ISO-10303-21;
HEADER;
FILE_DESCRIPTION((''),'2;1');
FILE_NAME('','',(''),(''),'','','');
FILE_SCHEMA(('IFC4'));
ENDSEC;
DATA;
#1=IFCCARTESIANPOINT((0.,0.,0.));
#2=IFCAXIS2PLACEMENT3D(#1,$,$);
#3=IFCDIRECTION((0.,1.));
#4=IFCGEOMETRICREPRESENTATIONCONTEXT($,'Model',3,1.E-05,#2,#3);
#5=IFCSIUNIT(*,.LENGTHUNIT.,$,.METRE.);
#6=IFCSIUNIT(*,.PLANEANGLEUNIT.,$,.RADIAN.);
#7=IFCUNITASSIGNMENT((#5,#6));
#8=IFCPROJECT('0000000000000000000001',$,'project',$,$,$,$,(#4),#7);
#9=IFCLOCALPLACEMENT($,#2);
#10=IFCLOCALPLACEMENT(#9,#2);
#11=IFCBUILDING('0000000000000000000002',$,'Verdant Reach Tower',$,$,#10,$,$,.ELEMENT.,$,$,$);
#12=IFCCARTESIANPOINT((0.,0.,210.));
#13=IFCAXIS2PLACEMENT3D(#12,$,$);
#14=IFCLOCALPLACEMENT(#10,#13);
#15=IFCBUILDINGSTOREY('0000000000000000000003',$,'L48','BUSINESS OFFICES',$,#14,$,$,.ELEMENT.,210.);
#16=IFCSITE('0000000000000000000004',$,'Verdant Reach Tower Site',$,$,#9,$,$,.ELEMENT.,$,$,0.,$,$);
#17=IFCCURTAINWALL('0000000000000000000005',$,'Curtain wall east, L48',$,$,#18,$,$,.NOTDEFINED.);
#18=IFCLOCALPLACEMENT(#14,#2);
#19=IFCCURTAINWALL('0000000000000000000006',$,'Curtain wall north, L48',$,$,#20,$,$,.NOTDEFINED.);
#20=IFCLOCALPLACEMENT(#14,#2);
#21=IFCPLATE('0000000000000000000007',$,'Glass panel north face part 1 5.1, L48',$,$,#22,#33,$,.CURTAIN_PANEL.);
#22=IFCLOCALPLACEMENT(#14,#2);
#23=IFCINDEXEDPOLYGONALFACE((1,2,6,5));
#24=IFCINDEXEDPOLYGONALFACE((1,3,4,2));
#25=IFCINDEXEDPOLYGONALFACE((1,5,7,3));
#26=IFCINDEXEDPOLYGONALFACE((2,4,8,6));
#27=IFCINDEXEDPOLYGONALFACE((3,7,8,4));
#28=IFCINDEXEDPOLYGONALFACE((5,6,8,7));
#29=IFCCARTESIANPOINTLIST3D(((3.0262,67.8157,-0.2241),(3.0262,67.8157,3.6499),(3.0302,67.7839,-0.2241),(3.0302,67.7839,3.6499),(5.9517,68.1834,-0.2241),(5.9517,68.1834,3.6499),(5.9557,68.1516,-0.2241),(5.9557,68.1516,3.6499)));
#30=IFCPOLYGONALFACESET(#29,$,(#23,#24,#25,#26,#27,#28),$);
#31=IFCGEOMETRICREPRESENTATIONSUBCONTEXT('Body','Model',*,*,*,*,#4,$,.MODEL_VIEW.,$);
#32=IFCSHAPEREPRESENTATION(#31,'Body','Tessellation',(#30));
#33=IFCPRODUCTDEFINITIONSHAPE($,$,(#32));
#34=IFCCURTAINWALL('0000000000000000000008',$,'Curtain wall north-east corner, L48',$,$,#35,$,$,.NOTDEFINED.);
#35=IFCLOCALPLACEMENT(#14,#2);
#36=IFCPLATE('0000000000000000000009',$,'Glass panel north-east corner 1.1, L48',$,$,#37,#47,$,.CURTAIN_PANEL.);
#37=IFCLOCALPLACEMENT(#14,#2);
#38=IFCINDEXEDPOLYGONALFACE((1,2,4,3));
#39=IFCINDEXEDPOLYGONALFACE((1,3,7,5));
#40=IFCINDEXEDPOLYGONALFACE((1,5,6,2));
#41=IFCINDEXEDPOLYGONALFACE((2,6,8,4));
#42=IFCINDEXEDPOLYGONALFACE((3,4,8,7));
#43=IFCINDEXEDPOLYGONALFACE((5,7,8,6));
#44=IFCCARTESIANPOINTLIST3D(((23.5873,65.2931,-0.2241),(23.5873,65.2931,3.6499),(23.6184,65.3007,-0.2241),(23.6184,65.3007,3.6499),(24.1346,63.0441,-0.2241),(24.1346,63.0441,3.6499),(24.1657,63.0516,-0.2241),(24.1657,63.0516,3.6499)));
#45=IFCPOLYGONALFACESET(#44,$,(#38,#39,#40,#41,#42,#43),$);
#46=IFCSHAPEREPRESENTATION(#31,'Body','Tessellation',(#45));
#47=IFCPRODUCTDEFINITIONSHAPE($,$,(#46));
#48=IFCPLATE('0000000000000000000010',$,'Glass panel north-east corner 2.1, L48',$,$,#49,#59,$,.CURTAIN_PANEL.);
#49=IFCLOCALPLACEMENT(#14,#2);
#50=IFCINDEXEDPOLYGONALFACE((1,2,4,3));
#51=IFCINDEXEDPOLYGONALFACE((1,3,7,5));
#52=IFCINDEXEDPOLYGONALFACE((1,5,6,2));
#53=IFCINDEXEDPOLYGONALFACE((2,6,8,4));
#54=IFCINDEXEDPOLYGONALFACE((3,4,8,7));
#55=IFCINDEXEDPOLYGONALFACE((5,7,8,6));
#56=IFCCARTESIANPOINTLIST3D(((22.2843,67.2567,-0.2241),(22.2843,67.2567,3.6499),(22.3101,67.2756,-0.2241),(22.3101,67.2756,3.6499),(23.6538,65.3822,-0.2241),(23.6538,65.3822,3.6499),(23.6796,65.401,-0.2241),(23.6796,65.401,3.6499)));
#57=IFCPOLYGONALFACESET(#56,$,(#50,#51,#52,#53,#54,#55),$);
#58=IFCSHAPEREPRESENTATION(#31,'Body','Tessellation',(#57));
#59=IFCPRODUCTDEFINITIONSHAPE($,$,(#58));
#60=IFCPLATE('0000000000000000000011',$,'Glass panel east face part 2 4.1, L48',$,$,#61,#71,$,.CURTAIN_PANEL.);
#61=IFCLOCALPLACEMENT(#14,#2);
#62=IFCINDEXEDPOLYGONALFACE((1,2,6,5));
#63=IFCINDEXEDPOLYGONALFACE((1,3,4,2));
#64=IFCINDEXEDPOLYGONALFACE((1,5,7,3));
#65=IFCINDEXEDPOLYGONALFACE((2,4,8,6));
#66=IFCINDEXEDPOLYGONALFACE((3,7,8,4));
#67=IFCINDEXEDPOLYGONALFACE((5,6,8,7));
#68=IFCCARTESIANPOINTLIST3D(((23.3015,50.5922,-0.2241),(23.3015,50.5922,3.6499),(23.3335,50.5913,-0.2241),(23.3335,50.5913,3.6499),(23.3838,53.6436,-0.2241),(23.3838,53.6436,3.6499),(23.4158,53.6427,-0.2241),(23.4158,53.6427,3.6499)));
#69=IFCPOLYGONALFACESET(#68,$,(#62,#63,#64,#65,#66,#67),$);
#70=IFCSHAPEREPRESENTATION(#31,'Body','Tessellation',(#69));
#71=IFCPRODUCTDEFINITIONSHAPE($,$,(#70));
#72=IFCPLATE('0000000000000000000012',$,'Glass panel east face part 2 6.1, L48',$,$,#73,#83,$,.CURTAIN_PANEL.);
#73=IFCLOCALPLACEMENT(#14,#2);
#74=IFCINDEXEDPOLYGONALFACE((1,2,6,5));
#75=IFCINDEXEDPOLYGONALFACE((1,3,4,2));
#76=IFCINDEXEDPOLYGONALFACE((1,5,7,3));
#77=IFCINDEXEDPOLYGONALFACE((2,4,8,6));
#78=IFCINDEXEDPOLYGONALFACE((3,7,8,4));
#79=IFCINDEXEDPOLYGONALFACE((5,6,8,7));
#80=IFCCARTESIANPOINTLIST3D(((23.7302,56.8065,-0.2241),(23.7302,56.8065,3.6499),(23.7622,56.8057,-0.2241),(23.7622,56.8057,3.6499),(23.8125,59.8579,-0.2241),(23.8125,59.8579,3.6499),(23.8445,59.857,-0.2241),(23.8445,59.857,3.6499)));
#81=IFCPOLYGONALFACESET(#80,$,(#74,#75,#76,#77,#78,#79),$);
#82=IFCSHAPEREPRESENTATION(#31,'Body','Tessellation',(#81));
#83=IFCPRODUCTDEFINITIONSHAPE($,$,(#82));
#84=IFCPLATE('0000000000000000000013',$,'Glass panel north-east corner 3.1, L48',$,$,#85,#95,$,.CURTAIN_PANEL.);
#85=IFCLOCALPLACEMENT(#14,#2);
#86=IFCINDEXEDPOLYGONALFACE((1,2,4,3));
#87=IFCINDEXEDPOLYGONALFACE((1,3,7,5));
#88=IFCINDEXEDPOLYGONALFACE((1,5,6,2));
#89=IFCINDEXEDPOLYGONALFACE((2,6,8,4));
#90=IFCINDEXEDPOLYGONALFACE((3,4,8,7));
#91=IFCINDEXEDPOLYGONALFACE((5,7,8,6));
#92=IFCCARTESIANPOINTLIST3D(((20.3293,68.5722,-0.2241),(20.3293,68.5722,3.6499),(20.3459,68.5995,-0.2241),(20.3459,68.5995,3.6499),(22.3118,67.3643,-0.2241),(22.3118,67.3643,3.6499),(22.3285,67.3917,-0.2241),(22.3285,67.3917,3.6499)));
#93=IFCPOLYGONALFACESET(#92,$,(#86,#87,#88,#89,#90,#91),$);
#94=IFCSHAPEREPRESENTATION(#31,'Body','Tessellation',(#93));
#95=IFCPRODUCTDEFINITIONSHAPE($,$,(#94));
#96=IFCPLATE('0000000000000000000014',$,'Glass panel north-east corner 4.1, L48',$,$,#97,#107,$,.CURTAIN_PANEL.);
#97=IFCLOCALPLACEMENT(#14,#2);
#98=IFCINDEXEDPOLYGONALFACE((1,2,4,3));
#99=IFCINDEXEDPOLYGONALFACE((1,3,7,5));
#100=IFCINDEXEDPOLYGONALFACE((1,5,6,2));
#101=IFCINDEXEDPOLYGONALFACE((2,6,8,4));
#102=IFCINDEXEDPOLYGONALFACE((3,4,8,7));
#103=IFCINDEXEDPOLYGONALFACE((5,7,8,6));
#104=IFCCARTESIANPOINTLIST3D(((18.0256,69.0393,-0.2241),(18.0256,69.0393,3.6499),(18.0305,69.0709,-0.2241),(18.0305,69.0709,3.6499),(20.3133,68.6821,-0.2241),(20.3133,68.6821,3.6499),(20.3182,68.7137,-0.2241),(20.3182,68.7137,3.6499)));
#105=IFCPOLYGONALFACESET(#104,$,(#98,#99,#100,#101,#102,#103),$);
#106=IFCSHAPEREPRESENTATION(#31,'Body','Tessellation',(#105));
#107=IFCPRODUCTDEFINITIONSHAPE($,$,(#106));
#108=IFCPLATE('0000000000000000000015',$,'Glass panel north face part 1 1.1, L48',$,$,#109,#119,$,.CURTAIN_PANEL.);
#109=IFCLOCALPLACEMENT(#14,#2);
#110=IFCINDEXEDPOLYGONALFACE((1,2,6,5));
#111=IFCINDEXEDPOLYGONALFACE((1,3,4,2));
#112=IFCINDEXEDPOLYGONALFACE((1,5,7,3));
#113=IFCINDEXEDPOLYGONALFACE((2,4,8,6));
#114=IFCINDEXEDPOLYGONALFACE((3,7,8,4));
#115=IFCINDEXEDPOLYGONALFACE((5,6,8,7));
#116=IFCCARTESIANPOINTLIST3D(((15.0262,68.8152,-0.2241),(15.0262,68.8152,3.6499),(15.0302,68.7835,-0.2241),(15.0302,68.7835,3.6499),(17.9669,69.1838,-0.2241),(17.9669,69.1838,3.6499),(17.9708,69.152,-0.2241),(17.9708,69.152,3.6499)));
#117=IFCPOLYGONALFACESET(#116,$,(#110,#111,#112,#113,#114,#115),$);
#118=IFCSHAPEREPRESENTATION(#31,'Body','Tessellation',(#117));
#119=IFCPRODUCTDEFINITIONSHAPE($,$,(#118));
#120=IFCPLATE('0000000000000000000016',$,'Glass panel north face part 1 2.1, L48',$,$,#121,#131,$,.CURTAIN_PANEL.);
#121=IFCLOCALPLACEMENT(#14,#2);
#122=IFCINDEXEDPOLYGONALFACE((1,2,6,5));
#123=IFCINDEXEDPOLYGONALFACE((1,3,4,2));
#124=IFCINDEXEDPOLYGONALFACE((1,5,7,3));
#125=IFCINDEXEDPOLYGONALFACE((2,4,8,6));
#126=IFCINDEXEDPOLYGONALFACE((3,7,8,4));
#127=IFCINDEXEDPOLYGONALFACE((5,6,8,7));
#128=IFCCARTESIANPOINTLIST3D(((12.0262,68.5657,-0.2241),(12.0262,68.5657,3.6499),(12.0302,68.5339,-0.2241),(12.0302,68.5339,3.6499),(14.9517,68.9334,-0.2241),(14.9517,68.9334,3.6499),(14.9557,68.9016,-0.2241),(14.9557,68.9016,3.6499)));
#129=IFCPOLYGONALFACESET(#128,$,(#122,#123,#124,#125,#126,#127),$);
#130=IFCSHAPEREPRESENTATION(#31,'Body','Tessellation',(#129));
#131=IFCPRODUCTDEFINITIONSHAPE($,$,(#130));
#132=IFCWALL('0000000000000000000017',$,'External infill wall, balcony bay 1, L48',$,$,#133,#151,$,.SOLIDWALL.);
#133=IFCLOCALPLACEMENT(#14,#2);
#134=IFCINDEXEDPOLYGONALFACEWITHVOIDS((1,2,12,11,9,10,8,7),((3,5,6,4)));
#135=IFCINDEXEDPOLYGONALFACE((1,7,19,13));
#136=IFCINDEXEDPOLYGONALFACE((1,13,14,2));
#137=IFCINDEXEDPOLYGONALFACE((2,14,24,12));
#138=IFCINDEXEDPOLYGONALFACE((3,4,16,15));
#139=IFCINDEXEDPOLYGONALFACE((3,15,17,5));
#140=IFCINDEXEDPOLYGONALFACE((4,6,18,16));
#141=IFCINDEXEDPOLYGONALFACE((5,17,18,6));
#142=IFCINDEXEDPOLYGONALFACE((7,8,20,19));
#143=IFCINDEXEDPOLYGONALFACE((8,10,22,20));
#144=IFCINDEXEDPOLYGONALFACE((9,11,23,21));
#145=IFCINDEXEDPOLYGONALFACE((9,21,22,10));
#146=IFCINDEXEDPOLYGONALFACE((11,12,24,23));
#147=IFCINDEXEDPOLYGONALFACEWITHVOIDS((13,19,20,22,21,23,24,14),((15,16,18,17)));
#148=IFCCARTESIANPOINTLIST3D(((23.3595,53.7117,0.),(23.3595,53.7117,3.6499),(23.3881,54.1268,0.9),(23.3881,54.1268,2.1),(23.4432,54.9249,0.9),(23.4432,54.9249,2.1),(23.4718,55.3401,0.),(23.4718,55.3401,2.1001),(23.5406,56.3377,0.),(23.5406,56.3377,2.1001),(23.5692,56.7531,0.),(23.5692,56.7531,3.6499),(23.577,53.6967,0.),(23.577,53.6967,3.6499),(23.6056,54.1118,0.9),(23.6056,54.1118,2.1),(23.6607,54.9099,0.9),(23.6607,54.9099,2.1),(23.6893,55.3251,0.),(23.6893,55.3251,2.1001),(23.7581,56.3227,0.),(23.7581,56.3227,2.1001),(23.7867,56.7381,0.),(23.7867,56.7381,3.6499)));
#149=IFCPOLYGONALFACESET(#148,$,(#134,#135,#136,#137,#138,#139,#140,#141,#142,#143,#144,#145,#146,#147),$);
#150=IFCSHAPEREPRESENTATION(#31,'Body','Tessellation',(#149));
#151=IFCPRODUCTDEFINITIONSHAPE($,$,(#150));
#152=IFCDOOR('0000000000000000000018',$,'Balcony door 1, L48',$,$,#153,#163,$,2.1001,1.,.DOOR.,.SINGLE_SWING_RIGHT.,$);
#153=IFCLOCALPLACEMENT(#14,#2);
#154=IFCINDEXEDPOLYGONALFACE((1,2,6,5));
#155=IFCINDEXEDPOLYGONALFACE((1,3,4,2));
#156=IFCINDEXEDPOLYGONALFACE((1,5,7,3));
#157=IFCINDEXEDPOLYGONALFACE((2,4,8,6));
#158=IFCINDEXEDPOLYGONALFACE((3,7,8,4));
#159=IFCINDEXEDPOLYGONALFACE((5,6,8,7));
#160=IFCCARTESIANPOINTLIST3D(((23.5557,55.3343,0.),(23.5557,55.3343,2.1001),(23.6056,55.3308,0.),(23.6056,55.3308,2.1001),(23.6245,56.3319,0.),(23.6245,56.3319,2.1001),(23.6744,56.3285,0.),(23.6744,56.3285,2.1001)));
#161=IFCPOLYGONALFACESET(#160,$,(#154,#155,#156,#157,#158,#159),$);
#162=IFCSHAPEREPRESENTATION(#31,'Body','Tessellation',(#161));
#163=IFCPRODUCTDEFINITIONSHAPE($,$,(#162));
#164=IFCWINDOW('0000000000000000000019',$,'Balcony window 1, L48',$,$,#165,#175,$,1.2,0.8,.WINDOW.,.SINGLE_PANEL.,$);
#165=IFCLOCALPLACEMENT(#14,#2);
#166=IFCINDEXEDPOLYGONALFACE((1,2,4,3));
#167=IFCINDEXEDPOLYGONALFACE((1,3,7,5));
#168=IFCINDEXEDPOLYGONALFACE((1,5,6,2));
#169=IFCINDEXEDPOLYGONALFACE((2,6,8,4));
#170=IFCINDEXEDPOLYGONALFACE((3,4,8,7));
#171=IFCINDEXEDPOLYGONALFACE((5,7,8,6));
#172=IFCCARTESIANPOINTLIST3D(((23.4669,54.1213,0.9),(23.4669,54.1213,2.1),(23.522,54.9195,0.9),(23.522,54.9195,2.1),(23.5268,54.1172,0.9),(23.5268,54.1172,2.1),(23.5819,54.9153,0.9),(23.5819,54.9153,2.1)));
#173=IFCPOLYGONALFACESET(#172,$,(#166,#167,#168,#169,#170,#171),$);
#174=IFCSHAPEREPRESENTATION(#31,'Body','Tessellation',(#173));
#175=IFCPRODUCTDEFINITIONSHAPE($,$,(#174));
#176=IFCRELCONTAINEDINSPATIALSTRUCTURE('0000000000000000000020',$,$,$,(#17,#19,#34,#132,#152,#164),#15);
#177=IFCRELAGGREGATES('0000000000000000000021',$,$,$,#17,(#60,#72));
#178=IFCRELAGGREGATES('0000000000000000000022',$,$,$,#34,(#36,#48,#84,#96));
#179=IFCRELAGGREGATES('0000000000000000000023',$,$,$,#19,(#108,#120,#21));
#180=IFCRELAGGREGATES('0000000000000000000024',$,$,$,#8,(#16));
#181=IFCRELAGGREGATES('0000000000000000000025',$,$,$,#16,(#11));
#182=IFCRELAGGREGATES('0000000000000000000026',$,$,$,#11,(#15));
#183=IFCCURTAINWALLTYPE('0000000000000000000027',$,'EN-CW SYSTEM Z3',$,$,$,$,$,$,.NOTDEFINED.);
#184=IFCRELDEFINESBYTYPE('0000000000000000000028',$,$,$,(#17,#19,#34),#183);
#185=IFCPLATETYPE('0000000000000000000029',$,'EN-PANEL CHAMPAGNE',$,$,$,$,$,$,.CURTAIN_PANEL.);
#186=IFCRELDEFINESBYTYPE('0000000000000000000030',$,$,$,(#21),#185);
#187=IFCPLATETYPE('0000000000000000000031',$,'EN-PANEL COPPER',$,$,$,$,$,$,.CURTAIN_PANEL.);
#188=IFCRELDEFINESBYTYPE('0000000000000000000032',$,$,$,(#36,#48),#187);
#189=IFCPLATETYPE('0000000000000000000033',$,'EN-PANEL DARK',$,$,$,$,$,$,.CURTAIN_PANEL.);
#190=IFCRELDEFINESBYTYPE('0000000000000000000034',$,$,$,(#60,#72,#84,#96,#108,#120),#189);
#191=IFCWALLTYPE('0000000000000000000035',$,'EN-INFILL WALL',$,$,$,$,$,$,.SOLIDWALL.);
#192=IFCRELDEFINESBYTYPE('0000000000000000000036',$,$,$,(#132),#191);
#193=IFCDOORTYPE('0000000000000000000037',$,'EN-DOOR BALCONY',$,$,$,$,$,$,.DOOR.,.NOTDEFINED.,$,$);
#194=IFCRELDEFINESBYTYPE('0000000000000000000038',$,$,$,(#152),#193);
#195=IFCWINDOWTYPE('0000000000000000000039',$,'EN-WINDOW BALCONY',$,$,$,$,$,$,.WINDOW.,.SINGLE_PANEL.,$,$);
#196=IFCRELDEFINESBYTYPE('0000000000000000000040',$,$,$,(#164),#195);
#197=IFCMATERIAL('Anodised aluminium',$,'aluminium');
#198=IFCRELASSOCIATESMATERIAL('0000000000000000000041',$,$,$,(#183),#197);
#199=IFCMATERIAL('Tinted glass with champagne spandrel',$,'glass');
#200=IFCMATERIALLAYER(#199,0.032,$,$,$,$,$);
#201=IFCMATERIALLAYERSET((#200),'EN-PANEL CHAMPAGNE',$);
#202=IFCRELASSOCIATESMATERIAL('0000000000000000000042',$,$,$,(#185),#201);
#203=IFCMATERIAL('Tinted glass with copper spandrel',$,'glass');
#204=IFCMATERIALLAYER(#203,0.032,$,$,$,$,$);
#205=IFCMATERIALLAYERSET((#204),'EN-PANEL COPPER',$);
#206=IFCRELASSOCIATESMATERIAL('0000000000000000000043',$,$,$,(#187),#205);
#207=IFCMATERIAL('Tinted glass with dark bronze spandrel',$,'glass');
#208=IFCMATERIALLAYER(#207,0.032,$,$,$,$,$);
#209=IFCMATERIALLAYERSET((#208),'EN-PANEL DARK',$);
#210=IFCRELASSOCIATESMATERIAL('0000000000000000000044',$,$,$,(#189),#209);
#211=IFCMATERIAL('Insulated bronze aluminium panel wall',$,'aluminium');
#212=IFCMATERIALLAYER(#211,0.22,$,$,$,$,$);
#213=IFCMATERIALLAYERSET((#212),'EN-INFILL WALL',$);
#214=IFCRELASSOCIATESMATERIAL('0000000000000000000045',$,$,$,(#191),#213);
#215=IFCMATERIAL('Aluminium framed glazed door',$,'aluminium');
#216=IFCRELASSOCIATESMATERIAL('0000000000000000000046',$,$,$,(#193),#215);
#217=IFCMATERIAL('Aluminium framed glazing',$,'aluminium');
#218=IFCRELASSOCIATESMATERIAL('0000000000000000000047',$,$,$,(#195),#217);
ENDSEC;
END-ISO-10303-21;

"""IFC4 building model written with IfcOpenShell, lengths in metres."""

from ifc_helpers import new_model, si_unit, direction, frame, frame_2d, origin, origin_2d, place, context, subcontext, project, spatial, rectangle, extrude, material, layer, layer_set, type_object, element, fill, aggregate, save


model = new_model("IFC4")

# Units and contexts
model_context = context("Model", 3, precision=1e-05, world=origin(), true_north=direction((0.0, 1.0)))
body_context = subcontext(model_context, "Body", "Model", "MODEL_VIEW")
ifc_project = project(units=[si_unit("LENGTHUNIT", "METRE"), si_unit("PLANEANGLEUNIT", "RADIAN")], contexts=[model_context])

# Site, building, storey
site_placement = place(None, origin())
site = spatial("IfcSite", under=ifc_project, at=site_placement, Name="Verdant Reach Tower Site", CompositionType="ELEMENT", RefElevation=0.0)
building_placement = place(site_placement, origin())
building = spatial("IfcBuilding", under=site, at=building_placement, Name="Verdant Reach Tower", CompositionType="ELEMENT")
storey_placement = place(building_placement, frame((0.0, 0.0, 210.0)))
storey = spatial("IfcBuildingStorey", under=building, at=storey_placement, Name="L48", Description="BUSINESS OFFICES", CompositionType="ELEMENT", Elevation=210.0)

# Curtain walls
ifc_material_1 = material(Name="Anodised aluminium", Category="aluminium")
curtain_wall_type = type_object("IfcCurtainWallType", Name="EN-CW SYSTEM Z3", PredefinedType="NOTDEFINED", material=ifc_material_1)
curtain_wall_1_placement = place(storey_placement, origin())
curtain_wall_1 = element("IfcCurtainWall", 1, at=curtain_wall_1_placement, inside=storey, type_object=curtain_wall_type, Name="Curtain wall east, L48", PredefinedType="NOTDEFINED")
curtain_wall_2_placement = place(storey_placement, origin())
curtain_wall_2 = element("IfcCurtainWall", 2, at=curtain_wall_2_placement, inside=storey, type_object=curtain_wall_type, Name="Curtain wall north, L48", PredefinedType="NOTDEFINED")

# Plate
ifc_material_2 = material(Name="Tinted glass with champagne spandrel", Category="glass")
ifc_layer_1 = layer(ifc_material_2, 0.032)
ifc_layer_set_1 = layer_set([ifc_layer_1], Name="EN-PANEL CHAMPAGNE")
plate_type_1 = type_object("IfcPlateType", Name="EN-PANEL CHAMPAGNE", PredefinedType="CURTAIN_PANEL", material=ifc_layer_set_1)
plate_1_placement = place(storey_placement, frame((4.491, 67.9836, -0.2241), z_axis=(0.0, 0.0, 1.0), x_axis=(-0.992194, -0.124704, 0.0)))
plate_1 = element("IfcPlate", 3, at=plate_1_placement, type_object=plate_type_1, Name="Glass panel north face part 1 5.1, L48", PredefinedType="CURTAIN_PANEL", context=body_context, shape_type="SweptSolid", body=[
    extrude(rectangle(XDim=2.9485, YDim=0.032, at=origin_2d()), origin(), (0.0, 0.0, 1.0), 3.874),
])

# Curtain wall, plates
curtain_wall_3_placement = place(storey_placement, origin())
curtain_wall_3 = element("IfcCurtainWall", 4, at=curtain_wall_3_placement, inside=storey, type_object=curtain_wall_type, Name="Curtain wall north-east corner, L48", PredefinedType="NOTDEFINED")
ifc_material_3 = material(Name="Tinted glass with copper spandrel", Category="glass")
ifc_layer_2 = layer(ifc_material_3, 0.032)
ifc_layer_set_2 = layer_set([ifc_layer_2], Name="EN-PANEL COPPER")
plate_type_2 = type_object("IfcPlateType", Name="EN-PANEL COPPER", PredefinedType="CURTAIN_PANEL", material=ifc_layer_set_2)
plate_2_placement = place(storey_placement, frame((23.8765, 64.1724, -0.2241), z_axis=(0.0, 0.0, 1.0), x_axis=(-0.236446, 0.971645, 0.0)))
plate_2 = element("IfcPlate", 5, at=plate_2_placement, type_object=plate_type_2, Name="Glass panel north-east corner 1.1, L48", PredefinedType="CURTAIN_PANEL", context=body_context, shape_type="SweptSolid", body=[
    extrude(rectangle(XDim=2.3147, YDim=0.032, at=origin_2d()), origin(), (0.0, 0.0, 1.0), 3.874),
])
plate_3_placement = place(storey_placement, frame((22.9819, 66.3289, -0.2241), z_axis=(0.0, 0.0, 1.0), x_axis=(-0.589927, 0.807457, 0.0)))
plate_3 = element("IfcPlate", 6, at=plate_3_placement, type_object=plate_type_2, Name="Glass panel north-east corner 2.1, L48", PredefinedType="CURTAIN_PANEL", context=body_context, shape_type="SweptSolid", body=[
    extrude(rectangle(XDim=2.3215, YDim=0.032, at=origin_2d()), origin(), (0.0, 0.0, 1.0), 3.874),
])

# Plates
ifc_material_4 = material(Name="Tinted glass with dark bronze spandrel", Category="glass")
ifc_layer_3 = layer(ifc_material_4, 0.032)
ifc_layer_set_3 = layer_set([ifc_layer_3], Name="EN-PANEL DARK")
plate_type_3 = type_object("IfcPlateType", Name="EN-PANEL DARK", PredefinedType="CURTAIN_PANEL", material=ifc_layer_set_3)
plate_4_placement = place(storey_placement, frame((23.3586, 52.1174, -0.2241), z_axis=(0.0, 0.0, 1.0), x_axis=(0.026965, 0.999636, 0.0)))
plate_4 = element("IfcPlate", 7, at=plate_4_placement, type_object=plate_type_3, Name="Glass panel east face part 2 4.1, L48", PredefinedType="CURTAIN_PANEL", context=body_context, shape_type="SweptSolid", body=[
    extrude(rectangle(XDim=3.0525, YDim=0.032, at=origin_2d()), origin(), (0.0, 0.0, 1.0), 3.874),
])
plate_5_placement = place(storey_placement, frame((23.7874, 58.3318, -0.2241), z_axis=(0.0, 0.0, 1.0), x_axis=(0.026965, 0.999636, 0.0)))
plate_5 = element("IfcPlate", 8, at=plate_5_placement, type_object=plate_type_3, Name="Glass panel east face part 2 6.1, L48", PredefinedType="CURTAIN_PANEL", context=body_context, shape_type="SweptSolid", body=[
    extrude(rectangle(XDim=3.0525, YDim=0.032, at=origin_2d()), origin(), (0.0, 0.0, 1.0), 3.874),
])
aggregate(curtain_wall_1, [plate_4, plate_5])
plate_6_placement = place(storey_placement, frame((21.3289, 67.9819, -0.2241), z_axis=(0.0, 0.0, 1.0), x_axis=(-0.853989, 0.520292, 0.0)))
plate_6 = element("IfcPlate", 9, at=plate_6_placement, type_object=plate_type_3, Name="Glass panel north-east corner 3.1, L48", PredefinedType="CURTAIN_PANEL", context=body_context, shape_type="SweptSolid", body=[
    extrude(rectangle(XDim=2.3215, YDim=0.032, at=origin_2d()), origin(), (0.0, 0.0, 1.0), 3.874),
])
plate_7_placement = place(storey_placement, frame((19.1719, 68.8765, -0.2241), z_axis=(0.0, 0.0, 1.0), x_axis=(-0.988029, 0.154268, 0.0)))
plate_7 = element("IfcPlate", 10, at=plate_7_placement, type_object=plate_type_3, Name="Glass panel north-east corner 4.1, L48", PredefinedType="CURTAIN_PANEL", context=body_context, shape_type="SweptSolid", body=[
    extrude(rectangle(XDim=2.3154, YDim=0.032, at=origin_2d()), origin(), (0.0, 0.0, 1.0), 3.874),
])
aggregate(curtain_wall_3, [plate_2, plate_3, plate_6, plate_7])
plate_8_placement = place(storey_placement, frame((16.4985, 68.9836, -0.2241), z_axis=(0.0, 0.0, 1.0), x_axis=(-0.992238, -0.124355, 0.0)))
plate_8 = element("IfcPlate", 11, at=plate_8_placement, type_object=plate_type_3, Name="Glass panel north face part 1 1.1, L48", PredefinedType="CURTAIN_PANEL", context=body_context, shape_type="SweptSolid", body=[
    extrude(rectangle(XDim=2.9636, YDim=0.032, at=origin_2d()), origin(), (0.0, 0.0, 1.0), 3.874),
])
plate_9_placement = place(storey_placement, frame((13.491, 68.7336, -0.2241), z_axis=(0.0, 0.0, 1.0), x_axis=(-0.992194, -0.124704, 0.0)))
plate_9 = element("IfcPlate", 12, at=plate_9_placement, type_object=plate_type_3, Name="Glass panel north face part 1 2.1, L48", PredefinedType="CURTAIN_PANEL", context=body_context, shape_type="SweptSolid", body=[
    extrude(rectangle(XDim=2.9485, YDim=0.032, at=origin_2d()), origin(), (0.0, 0.0, 1.0), 3.874),
])
aggregate(curtain_wall_2, [plate_8, plate_9, plate_1])

# Wall, openings, door, window
ifc_material_5 = material(Name="Insulated bronze aluminium panel wall", Category="aluminium")
ifc_layer_4 = layer(ifc_material_5, 0.22)
ifc_layer_set_4 = layer_set([ifc_layer_4], Name="EN-INFILL WALL")
wall_type_1 = type_object("IfcWallType", Name="EN-INFILL WALL", PredefinedType="SOLIDWALL", material=ifc_layer_set_4)
wall_1_placement = place(storey_placement, frame((23.4683, 53.7041, 0.0), z_axis=(0.0, 0.0, 1.0), x_axis=(0.068794, 0.997631, 0.0)))
wall_1 = element("IfcWall", 13, at=wall_1_placement, inside=storey, type_object=wall_type_1, Name="External infill wall, balcony bay 1, L48", PredefinedType="SOLIDWALL", context=body_context, shape_type="SweptSolid", body=[
    extrude(rectangle(XDim=3.0486, YDim=0.218, at=frame_2d((1.5244, 0.0))), origin(), (0.0, 0.0, 1.0), 3.6499),
])
opening_1_placement = place(wall_1_placement, frame((1.6323, 0.0, 0.0)))
opening_1 = element("IfcOpeningElement", 14, at=opening_1_placement, cuts=wall_1, PredefinedType="OPENING", context=body_context, shape_type="SweptSolid", body=[
    extrude(rectangle(XDim=1.0, YDim=2.1001, at=frame_2d((0.5, 1.05))), frame((0.0, 0.1189, 0.0), z_axis=(0.0, -1.0, 0.0), x_axis=(1.0, 0.0, 0.0)), (0.0, 0.0, 1.0), 0.238),
])
opening_2_placement = place(wall_1_placement, frame((0.4163, 0.0, 0.8999)))
opening_2 = element("IfcOpeningElement", 15, at=opening_2_placement, cuts=wall_1, PredefinedType="OPENING", context=body_context, shape_type="SweptSolid", body=[
    extrude(rectangle(XDim=0.8, YDim=1.2, at=frame_2d((0.3999, 0.6001))), frame((0.0, 0.1189, 0.0), z_axis=(0.0, -1.0, 0.0), x_axis=(1.0, 0.0, 0.0)), (0.0, 0.0, 1.0), 0.238),
])
ifc_material_6 = material(Name="Aluminium framed glazed door", Category="aluminium")
door_type_1 = type_object("IfcDoorType", Name="EN-DOOR BALCONY", OperationType="NOTDEFINED", PredefinedType="DOOR", material=ifc_material_6)
door_1_placement = place(opening_1_placement, origin())
door_1 = element("IfcDoor", 16, at=door_1_placement, inside=storey, type_object=door_type_1, Name="Balcony door 1, L48", OperationType="SINGLE_SWING_RIGHT", OverallHeight=2.1001, OverallWidth=1.0, PredefinedType="DOOR", context=body_context, shape_type="SweptSolid", body=[
    extrude(rectangle(XDim=1.0, YDim=2.1001, at=frame_2d((0.5, 1.05))), frame((0.0, 0.0249, 0.0), z_axis=(0.0, -1.0, 0.0), x_axis=(1.0, 0.0, 0.0)), (0.0, 0.0, 1.0), 0.05),
])
fill(opening_1, door_1)
ifc_material_7 = material(Name="Aluminium framed glazing", Category="aluminium")
window_type = type_object("IfcWindowType", Name="EN-WINDOW BALCONY", PartitioningType="SINGLE_PANEL", PredefinedType="WINDOW", material=ifc_material_7)
window_placement = place(opening_2_placement, origin())
window = element("IfcWindow", 17, at=window_placement, inside=storey, type_object=window_type, Name="Balcony window 1, L48", OverallHeight=1.2, OverallWidth=0.8, PartitioningType="SINGLE_PANEL", PredefinedType="WINDOW", context=body_context, shape_type="SweptSolid", body=[
    extrude(rectangle(XDim=0.8, YDim=1.2, at=frame_2d((0.3999, 0.6001))), frame((0.0, 0.03, 0.0), z_axis=(0.0, -1.0, 0.0), x_axis=(1.0, 0.0, 0.0)), (0.0, 0.0, 1.0), 0.0601),
])
fill(opening_2, window)

save(model, "model.ifc")
